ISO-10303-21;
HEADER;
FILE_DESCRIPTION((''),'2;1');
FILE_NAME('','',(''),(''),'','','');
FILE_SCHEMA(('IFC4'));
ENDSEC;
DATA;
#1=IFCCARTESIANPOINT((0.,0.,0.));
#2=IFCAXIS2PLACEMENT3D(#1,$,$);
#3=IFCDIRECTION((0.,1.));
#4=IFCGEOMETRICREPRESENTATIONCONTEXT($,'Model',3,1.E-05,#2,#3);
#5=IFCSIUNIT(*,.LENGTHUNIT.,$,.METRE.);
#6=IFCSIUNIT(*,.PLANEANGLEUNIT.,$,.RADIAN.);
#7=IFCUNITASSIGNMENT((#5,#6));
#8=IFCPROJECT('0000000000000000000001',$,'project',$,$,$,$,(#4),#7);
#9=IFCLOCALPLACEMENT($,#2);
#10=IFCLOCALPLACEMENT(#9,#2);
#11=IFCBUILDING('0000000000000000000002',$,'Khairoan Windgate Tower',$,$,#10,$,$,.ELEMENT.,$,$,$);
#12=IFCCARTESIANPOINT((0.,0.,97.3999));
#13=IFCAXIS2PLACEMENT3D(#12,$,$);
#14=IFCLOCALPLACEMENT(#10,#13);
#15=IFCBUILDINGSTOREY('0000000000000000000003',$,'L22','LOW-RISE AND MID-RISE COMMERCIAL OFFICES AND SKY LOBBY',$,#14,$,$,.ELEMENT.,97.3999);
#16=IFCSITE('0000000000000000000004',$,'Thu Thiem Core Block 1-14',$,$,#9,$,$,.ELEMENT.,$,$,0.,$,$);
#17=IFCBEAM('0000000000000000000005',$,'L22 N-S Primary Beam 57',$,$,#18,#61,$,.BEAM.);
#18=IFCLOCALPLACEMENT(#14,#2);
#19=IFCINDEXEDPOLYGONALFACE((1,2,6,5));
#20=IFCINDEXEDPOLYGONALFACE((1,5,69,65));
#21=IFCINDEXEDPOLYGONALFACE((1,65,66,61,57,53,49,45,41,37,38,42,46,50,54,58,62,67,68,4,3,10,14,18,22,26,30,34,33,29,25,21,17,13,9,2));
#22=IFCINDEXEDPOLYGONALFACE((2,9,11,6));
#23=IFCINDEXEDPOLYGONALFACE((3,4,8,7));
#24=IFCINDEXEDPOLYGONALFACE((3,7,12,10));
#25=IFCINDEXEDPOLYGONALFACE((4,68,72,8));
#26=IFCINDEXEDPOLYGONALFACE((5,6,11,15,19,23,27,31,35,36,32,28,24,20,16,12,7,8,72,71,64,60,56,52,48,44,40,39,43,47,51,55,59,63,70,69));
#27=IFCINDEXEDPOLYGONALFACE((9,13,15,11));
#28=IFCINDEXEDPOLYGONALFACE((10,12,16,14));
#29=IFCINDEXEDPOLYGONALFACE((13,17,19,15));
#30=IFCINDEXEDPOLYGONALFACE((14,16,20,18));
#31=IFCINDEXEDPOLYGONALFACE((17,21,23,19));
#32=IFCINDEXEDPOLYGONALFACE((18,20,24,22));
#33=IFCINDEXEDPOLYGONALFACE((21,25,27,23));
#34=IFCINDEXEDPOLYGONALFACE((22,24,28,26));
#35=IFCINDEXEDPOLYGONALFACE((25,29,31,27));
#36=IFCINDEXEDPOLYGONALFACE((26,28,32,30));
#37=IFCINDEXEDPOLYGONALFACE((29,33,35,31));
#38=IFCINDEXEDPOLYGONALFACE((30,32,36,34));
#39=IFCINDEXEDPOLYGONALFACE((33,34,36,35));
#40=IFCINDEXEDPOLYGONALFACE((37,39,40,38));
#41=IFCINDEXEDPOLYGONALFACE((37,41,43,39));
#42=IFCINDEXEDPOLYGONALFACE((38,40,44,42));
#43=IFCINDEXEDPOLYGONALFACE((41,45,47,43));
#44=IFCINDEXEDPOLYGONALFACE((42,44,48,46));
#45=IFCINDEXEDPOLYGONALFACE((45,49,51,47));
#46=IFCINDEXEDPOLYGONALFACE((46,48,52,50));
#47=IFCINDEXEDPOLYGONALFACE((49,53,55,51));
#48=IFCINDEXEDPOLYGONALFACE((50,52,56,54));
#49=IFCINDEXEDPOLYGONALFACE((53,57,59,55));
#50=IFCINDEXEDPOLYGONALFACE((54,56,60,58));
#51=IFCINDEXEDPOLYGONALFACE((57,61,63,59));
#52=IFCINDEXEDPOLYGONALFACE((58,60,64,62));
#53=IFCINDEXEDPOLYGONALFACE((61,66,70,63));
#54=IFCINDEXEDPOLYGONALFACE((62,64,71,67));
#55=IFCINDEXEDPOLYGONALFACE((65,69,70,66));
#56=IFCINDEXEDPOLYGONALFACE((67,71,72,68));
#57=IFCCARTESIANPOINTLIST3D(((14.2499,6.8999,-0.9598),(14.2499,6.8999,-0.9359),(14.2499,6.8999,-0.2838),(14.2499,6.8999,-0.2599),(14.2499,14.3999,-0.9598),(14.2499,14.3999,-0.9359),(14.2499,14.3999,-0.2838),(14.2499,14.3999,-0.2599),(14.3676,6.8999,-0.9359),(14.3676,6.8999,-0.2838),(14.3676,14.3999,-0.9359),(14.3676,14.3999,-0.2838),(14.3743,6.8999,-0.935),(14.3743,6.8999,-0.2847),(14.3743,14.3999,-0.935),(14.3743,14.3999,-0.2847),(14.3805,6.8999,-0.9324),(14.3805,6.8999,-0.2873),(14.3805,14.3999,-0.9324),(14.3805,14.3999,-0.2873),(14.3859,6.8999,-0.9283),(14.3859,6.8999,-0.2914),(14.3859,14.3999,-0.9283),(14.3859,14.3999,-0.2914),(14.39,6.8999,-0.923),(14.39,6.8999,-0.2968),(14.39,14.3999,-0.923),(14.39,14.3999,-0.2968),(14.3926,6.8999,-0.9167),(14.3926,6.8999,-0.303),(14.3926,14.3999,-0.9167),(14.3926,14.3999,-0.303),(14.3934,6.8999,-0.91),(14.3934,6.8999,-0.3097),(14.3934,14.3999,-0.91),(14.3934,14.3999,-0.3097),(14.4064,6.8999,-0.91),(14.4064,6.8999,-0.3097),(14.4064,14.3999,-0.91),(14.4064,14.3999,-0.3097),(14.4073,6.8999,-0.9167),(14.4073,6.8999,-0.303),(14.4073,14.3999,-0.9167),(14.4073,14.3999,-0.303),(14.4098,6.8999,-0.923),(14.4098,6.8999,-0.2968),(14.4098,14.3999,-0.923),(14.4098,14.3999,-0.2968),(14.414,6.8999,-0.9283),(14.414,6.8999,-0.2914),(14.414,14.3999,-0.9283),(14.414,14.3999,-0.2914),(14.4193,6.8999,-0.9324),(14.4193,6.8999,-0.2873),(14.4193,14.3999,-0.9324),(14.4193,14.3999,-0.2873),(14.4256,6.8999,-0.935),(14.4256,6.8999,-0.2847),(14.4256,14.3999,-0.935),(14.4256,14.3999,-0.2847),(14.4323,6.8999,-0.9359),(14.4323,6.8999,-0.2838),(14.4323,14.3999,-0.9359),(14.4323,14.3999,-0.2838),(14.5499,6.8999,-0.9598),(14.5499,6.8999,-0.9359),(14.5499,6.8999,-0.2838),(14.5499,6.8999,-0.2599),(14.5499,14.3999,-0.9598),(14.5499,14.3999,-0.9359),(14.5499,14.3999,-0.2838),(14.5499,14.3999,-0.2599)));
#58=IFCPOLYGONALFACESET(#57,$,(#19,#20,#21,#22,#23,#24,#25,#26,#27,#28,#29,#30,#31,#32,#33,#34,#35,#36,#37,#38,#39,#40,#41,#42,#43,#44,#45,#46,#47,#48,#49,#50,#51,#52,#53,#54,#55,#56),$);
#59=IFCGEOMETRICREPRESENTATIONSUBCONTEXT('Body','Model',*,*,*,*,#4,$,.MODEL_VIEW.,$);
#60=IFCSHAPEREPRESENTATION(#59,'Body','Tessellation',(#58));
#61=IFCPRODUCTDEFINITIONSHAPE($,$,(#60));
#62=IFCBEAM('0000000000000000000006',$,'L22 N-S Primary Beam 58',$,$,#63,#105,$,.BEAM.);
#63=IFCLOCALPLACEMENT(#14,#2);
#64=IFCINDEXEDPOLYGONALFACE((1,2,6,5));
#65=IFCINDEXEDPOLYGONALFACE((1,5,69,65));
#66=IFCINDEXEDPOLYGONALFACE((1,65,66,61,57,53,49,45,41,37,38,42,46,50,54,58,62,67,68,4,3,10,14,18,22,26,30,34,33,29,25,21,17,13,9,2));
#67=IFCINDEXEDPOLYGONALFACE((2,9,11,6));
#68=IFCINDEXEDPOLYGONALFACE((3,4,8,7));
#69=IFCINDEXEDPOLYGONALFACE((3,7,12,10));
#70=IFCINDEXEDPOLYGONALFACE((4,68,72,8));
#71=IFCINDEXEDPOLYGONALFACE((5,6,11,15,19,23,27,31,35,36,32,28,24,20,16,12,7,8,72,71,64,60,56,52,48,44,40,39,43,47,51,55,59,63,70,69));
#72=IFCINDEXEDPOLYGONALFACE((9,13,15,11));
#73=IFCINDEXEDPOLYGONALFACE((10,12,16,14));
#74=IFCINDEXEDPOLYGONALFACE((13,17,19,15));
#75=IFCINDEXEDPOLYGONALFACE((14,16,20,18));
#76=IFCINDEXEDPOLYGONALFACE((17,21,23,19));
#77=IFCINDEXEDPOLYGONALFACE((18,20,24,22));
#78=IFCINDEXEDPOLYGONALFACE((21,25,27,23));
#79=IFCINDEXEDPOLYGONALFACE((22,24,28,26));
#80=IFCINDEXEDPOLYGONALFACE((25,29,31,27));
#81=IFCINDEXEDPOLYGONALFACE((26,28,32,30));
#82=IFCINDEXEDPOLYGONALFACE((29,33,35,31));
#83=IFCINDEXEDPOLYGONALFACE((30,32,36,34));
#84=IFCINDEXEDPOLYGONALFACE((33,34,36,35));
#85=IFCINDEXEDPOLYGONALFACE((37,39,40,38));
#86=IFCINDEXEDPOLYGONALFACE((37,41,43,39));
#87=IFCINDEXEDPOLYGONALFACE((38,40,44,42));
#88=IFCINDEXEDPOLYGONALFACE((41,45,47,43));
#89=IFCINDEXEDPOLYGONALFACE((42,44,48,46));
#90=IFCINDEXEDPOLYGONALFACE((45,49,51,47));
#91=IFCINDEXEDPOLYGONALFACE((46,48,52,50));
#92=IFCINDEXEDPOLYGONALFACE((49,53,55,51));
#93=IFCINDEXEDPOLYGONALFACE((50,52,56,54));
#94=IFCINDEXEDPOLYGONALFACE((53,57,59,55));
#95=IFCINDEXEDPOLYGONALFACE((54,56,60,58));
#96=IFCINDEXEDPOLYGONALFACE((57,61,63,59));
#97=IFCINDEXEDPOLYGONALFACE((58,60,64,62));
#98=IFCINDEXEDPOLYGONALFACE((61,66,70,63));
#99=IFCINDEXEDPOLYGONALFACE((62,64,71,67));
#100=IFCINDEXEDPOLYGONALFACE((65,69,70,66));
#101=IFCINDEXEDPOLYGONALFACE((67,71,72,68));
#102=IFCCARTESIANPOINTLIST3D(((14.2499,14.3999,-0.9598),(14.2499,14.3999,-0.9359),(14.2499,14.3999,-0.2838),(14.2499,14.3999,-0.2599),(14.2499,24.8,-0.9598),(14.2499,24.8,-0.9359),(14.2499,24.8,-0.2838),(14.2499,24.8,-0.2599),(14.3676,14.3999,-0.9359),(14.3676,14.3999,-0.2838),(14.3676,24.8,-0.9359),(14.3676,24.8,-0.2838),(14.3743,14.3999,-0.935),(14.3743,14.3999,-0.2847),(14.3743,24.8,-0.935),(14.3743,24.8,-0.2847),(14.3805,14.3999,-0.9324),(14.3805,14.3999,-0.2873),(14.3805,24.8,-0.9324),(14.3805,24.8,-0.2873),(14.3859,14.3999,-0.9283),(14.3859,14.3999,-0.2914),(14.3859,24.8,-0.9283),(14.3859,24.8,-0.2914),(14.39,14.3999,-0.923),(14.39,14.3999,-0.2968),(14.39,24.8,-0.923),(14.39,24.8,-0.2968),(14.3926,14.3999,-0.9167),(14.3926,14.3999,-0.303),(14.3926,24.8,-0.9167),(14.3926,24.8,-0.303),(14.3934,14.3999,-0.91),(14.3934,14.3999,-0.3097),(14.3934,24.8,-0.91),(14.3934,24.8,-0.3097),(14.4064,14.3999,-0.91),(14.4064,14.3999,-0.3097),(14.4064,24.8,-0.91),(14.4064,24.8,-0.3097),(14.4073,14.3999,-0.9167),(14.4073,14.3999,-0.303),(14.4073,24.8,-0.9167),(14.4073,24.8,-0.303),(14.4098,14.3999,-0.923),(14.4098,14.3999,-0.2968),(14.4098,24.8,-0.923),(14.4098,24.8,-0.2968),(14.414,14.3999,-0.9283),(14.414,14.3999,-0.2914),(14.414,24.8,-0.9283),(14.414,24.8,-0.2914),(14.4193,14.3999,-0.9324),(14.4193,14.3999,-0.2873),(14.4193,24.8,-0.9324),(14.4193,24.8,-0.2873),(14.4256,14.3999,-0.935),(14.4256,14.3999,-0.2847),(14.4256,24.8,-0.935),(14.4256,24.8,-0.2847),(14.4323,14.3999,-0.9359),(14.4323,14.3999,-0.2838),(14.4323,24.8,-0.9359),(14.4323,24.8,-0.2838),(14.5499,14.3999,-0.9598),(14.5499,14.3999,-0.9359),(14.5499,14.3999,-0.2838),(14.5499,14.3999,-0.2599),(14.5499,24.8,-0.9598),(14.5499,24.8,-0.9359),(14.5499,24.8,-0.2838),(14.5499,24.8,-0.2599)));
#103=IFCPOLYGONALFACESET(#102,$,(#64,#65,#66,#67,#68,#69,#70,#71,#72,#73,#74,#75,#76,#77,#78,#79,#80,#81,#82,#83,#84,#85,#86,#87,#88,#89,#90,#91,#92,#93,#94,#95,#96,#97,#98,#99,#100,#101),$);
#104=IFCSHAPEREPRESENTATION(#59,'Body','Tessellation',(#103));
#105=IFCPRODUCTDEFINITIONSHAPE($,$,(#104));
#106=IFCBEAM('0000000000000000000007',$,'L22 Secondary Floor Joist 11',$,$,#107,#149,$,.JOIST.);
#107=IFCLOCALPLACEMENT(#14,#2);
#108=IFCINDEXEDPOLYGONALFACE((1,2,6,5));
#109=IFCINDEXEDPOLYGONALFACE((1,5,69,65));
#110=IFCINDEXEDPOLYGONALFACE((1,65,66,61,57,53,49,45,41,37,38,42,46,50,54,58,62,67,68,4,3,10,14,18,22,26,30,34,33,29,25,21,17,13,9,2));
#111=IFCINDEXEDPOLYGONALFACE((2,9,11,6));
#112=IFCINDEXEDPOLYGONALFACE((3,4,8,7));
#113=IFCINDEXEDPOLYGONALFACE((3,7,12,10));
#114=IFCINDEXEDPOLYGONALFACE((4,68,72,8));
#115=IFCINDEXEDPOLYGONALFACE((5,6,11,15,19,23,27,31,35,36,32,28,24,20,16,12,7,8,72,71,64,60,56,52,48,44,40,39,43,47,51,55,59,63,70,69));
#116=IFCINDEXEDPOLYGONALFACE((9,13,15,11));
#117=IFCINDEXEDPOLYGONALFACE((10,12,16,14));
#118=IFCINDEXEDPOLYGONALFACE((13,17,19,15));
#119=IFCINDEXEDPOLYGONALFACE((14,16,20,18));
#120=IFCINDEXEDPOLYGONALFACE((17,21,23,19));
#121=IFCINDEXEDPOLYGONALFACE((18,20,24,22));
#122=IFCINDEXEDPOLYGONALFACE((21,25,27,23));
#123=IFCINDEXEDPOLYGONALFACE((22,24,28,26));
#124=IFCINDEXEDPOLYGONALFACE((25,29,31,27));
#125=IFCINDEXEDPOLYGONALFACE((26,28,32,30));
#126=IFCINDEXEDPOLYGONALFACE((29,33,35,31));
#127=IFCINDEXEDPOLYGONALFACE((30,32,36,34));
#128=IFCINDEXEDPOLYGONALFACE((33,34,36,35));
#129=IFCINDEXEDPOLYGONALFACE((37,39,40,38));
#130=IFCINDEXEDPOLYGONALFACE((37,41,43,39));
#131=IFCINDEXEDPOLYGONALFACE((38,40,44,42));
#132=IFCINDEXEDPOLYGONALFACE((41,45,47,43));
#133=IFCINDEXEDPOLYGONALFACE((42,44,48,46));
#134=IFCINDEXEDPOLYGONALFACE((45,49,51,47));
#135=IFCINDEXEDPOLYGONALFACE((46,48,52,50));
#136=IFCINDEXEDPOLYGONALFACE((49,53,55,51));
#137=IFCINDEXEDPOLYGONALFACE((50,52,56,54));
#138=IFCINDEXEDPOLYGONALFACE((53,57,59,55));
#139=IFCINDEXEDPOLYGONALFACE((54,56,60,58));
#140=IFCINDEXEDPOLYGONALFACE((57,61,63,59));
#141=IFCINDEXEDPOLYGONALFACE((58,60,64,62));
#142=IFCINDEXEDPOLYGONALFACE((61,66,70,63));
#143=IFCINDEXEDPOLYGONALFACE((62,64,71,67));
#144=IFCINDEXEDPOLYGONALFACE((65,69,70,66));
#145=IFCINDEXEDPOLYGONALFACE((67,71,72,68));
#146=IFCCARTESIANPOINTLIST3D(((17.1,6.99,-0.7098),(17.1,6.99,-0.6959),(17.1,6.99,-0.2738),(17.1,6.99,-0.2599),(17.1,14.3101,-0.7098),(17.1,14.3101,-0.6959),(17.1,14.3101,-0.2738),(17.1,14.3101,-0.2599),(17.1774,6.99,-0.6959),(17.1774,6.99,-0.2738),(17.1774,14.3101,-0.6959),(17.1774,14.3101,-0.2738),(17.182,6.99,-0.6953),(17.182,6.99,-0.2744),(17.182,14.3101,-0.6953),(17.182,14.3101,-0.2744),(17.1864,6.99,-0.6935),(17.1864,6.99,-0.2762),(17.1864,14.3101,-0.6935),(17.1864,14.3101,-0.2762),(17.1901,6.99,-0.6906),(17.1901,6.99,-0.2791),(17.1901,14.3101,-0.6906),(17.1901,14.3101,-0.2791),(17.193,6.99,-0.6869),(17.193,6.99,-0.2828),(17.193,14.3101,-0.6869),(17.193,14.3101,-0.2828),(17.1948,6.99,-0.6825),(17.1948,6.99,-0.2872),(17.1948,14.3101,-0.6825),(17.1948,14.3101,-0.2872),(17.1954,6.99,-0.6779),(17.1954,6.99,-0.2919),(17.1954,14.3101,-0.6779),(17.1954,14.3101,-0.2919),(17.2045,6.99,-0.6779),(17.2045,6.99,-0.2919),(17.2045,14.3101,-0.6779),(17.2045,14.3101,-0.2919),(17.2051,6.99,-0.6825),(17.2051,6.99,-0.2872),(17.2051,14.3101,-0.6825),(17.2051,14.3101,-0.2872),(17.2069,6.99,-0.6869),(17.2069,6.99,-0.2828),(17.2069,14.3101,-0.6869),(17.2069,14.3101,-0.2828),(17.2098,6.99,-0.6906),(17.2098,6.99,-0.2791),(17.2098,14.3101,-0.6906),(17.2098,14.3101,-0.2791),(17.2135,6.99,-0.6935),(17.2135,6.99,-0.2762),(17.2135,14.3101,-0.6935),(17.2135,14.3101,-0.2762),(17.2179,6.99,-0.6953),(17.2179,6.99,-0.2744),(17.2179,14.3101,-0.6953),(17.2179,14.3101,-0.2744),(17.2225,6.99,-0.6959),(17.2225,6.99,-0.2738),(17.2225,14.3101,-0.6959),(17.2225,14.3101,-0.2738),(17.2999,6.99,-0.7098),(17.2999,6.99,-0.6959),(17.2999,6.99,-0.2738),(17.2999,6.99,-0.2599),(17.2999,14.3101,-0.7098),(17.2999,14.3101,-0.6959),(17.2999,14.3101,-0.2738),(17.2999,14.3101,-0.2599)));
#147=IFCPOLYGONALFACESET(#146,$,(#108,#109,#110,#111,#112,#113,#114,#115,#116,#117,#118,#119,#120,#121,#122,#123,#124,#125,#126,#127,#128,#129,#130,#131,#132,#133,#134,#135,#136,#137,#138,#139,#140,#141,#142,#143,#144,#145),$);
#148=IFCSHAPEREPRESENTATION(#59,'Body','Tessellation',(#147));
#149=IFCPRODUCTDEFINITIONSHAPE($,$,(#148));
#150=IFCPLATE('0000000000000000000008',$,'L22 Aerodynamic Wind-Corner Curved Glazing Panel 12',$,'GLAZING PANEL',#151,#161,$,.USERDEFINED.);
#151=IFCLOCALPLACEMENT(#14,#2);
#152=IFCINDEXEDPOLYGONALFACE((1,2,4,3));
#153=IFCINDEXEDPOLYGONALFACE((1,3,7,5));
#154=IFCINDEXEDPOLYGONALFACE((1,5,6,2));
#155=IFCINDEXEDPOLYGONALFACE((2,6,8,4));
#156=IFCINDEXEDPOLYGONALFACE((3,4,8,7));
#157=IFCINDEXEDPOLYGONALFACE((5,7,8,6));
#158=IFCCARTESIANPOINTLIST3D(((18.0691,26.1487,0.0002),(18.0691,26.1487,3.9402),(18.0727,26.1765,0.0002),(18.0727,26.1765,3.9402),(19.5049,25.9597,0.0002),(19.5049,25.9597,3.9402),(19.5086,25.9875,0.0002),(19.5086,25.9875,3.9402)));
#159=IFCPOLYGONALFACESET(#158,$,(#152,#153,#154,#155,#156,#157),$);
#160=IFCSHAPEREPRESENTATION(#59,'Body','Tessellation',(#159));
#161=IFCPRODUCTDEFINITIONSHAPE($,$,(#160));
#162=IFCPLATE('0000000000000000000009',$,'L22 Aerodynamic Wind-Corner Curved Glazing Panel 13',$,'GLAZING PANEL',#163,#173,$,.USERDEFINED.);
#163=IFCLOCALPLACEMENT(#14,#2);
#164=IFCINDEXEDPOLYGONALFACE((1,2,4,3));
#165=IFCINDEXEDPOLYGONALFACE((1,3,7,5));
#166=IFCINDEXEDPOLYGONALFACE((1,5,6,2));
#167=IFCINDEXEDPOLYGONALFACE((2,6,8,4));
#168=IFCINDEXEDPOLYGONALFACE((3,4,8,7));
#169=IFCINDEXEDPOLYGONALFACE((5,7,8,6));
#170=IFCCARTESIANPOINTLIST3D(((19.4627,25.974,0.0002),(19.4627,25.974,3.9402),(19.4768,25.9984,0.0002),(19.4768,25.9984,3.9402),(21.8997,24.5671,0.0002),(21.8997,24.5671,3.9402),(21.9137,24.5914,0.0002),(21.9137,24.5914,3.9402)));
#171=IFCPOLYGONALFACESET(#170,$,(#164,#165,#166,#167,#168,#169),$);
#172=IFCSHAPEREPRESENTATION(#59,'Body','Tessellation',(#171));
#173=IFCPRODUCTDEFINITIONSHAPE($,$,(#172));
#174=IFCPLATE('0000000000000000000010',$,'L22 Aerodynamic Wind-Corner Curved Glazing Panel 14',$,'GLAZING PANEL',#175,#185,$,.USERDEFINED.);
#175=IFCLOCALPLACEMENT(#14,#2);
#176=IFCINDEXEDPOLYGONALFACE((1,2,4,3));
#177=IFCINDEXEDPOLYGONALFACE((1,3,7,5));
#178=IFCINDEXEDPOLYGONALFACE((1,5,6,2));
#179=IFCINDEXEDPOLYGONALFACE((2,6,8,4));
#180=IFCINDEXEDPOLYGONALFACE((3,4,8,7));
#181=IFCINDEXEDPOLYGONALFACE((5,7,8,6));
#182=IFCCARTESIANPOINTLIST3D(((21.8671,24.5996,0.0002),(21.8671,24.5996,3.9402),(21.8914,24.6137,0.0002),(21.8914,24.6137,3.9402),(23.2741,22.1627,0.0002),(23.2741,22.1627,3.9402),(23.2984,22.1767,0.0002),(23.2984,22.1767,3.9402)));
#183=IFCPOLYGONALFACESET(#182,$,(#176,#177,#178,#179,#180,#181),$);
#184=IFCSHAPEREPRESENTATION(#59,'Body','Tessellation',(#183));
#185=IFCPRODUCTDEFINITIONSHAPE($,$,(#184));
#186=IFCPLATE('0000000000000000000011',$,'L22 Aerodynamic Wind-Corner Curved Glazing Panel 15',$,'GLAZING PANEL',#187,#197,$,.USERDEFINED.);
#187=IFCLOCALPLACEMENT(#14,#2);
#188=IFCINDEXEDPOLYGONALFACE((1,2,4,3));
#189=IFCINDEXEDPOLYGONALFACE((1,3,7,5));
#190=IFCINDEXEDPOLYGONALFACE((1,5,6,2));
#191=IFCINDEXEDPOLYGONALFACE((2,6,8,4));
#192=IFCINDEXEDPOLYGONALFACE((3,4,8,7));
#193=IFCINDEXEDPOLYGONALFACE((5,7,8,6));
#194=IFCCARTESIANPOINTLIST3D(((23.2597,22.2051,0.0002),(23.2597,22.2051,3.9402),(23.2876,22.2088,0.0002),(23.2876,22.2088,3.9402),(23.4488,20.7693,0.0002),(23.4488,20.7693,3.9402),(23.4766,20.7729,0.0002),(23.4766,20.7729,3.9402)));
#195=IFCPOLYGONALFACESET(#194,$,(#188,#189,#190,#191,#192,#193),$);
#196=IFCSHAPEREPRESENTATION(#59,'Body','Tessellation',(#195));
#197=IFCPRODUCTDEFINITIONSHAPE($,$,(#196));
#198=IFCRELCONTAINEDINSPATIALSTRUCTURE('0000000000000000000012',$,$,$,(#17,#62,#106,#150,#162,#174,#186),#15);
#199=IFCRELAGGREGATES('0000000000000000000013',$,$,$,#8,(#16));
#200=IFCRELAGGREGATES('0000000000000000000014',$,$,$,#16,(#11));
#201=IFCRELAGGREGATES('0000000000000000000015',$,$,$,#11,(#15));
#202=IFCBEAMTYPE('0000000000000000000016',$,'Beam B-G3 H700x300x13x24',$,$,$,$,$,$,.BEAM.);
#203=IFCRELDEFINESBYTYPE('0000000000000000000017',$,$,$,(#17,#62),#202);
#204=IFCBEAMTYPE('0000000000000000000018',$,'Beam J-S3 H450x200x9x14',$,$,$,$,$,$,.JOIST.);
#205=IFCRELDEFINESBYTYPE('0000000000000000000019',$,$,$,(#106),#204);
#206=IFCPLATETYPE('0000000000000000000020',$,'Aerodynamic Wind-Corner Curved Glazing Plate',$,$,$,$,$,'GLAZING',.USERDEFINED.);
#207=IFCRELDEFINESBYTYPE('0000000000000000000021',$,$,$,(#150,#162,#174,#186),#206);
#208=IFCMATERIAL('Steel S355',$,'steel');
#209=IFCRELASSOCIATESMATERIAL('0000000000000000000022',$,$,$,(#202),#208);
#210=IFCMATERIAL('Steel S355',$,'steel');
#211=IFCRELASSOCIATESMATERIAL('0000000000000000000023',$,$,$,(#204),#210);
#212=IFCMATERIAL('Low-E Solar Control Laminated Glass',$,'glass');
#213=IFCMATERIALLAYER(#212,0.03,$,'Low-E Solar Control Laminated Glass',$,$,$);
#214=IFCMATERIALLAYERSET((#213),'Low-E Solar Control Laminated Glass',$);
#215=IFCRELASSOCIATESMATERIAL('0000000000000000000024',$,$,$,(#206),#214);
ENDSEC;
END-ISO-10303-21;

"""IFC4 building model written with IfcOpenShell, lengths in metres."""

from ifc_helpers import new_model, si_unit, direction, frame, origin, origin_2d, place, context, subcontext, project, spatial, rectangle, i_section, extrude, material, layer, layer_set, material_profile, profile_set, type_object, element, save


model = new_model("IFC4")

# Units and contexts
model_context = context("Model", 3, precision=1e-05, world=origin(), true_north=direction((0.0, 1.0)))
body_context = subcontext(model_context, "Body", "Model", "MODEL_VIEW")
ifc_project = project(units=[si_unit("LENGTHUNIT", "METRE"), si_unit("PLANEANGLEUNIT", "RADIAN")], contexts=[model_context])

# Site, building, storey
site_placement = place(None, origin())
site = spatial("IfcSite", under=ifc_project, at=site_placement, Name="Thu Thiem Core Block 1-14", CompositionType="ELEMENT", RefElevation=0.0)
building_placement = place(site_placement, origin())
building = spatial("IfcBuilding", under=site, at=building_placement, Name="Khairoan Windgate Tower", CompositionType="ELEMENT")
storey_placement = place(building_placement, frame((0.0, 0.0, 97.3999)))
storey = spatial("IfcBuildingStorey", under=building, at=storey_placement, Name="L22", Description="LOW-RISE AND MID-RISE COMMERCIAL OFFICES AND SKY LOBBY", CompositionType="ELEMENT", Elevation=97.3999)

# Beams
ifc_material_1 = material(Name="Steel S355", Category="steel")
ifc_material_profile_1 = material_profile(ifc_material_1, i_section(OverallWidth=0.3, OverallDepth=0.7, WebThickness=0.0129, FlangeThickness=0.0239, FilletRadius=0.0259, at=origin_2d()))
ifc_profile_set_1 = profile_set([ifc_material_profile_1], Name="Steel S355")
beam_type_1 = type_object("IfcBeamType", Name="Beam B-G3 H700x300x13x24", PredefinedType="BEAM", material=ifc_profile_set_1)
beam_1_placement = place(storey_placement, frame((14.3999, 6.8999, -0.6099), z_axis=(0.0, 1.0, 0.0), x_axis=(-1.0, 0.0, 0.0)))
element("IfcBeam", 1, at=beam_1_placement, inside=storey, type_object=beam_type_1, Name="L22 N-S Primary Beam 57", PredefinedType="BEAM", context=body_context, shape_type="SweptSolid", body=[
    extrude(i_section(OverallWidth=0.3, OverallDepth=0.7, WebThickness=0.0129, FlangeThickness=0.0239, FilletRadius=0.0259, at=origin_2d()), origin(), (0.0, 0.0, 1.0), 7.5),
])
beam_2_placement = place(storey_placement, frame((14.3999, 14.3999, -0.6099), z_axis=(0.0, 1.0, 0.0), x_axis=(-1.0, 0.0, 0.0)))
element("IfcBeam", 2, at=beam_2_placement, inside=storey, type_object=beam_type_1, Name="L22 N-S Primary Beam 58", PredefinedType="BEAM", context=body_context, shape_type="SweptSolid", body=[
    extrude(i_section(OverallWidth=0.3, OverallDepth=0.7, WebThickness=0.0129, FlangeThickness=0.0239, FilletRadius=0.0259, at=origin_2d()), origin(), (0.0, 0.0, 1.0), 10.4001),
])
ifc_material_2 = material(Name="Steel S355", Category="steel")
ifc_material_profile_2 = material_profile(ifc_material_2, i_section(OverallWidth=0.2, OverallDepth=0.45, WebThickness=0.009, FlangeThickness=0.0139, FilletRadius=0.0181, at=origin_2d()))
ifc_profile_set_2 = profile_set([ifc_material_profile_2], Name="Steel S355")
beam_type_2 = type_object("IfcBeamType", Name="Beam J-S3 H450x200x9x14", PredefinedType="JOIST", material=ifc_profile_set_2)
beam_3_placement = place(storey_placement, frame((17.2, 6.99, -0.4849), z_axis=(0.0, 1.0, 0.0), x_axis=(-1.0, 0.0, 0.0)))
element("IfcBeam", 3, at=beam_3_placement, inside=storey, type_object=beam_type_2, Name="L22 Secondary Floor Joist 11", PredefinedType="JOIST", context=body_context, shape_type="SweptSolid", body=[
    extrude(i_section(OverallWidth=0.2, OverallDepth=0.45, WebThickness=0.009, FlangeThickness=0.0139, FilletRadius=0.0181, at=origin_2d()), origin(), (0.0, 0.0, 1.0), 7.3201),
])

# Plates
ifc_material_3 = material(Name="Low-E Solar Control Laminated Glass", Category="glass")
ifc_layer_1 = layer(ifc_material_3, 0.03, Name="Low-E Solar Control Laminated Glass")
ifc_layer_set_1 = layer_set([ifc_layer_1], Name="Low-E Solar Control Laminated Glass")
plate_type_1 = type_object("IfcPlateType", Name="Aerodynamic Wind-Corner Curved Glazing Plate", ElementType="GLAZING", PredefinedType="USERDEFINED", material=ifc_layer_set_1)
plate_1_placement = place(storey_placement, frame((18.7888, 26.0681, 0.0002), z_axis=(0.0, 0.0, 1.0), x_axis=(0.991445, -0.130526, 0.0)))
element("IfcPlate", 4, at=plate_1_placement, inside=storey, type_object=plate_type_1, Name="L22 Aerodynamic Wind-Corner Curved Glazing Panel 12", ObjectType="GLAZING PANEL", PredefinedType="USERDEFINED", context=body_context, shape_type="SweptSolid", body=[
    extrude(rectangle(XDim=1.4482, YDim=0.0281, at=origin_2d()), origin(), (0.0, 0.0, 1.0), 3.9399),
])
for number, where, z_axis, x_axis, name in (
    (5, (20.6882, 25.2827, 0.0002), (0.0, 0.0, 1.0), (0.866025, -0.5, 0.0), "L22 Aerodynamic Wind-Corner Curved Glazing Panel 13"),
    (6, (22.5828, 23.3882, 0.0002), (0.0, 0.0, 1.0), (0.5, -0.866025, 0.0), "L22 Aerodynamic Wind-Corner Curved Glazing Panel 14"),
):
    element("IfcPlate", number, at=place(storey_placement, frame(where, z_axis=z_axis, x_axis=x_axis)), inside=storey, type_object=plate_type_1, Name=name, ObjectType="GLAZING PANEL", PredefinedType="USERDEFINED", context=body_context, shape_type="SweptSolid", body=[
        extrude(rectangle(XDim=2.814, YDim=0.0281, at=origin_2d()), origin(), (0.0, 0.0, 1.0), 3.9399),
    ])
plate_2_placement = place(storey_placement, frame((23.3682, 21.489, 0.0002), z_axis=(0.0, 0.0, 1.0), x_axis=(0.130526, -0.991445, 0.0)))
element("IfcPlate", 7, at=plate_2_placement, inside=storey, type_object=plate_type_1, Name="L22 Aerodynamic Wind-Corner Curved Glazing Panel 15", ObjectType="GLAZING PANEL", PredefinedType="USERDEFINED", context=body_context, shape_type="SweptSolid", body=[
    extrude(rectangle(XDim=1.4482, YDim=0.0281, at=origin_2d()), origin(), (0.0, 0.0, 1.0), 3.9399),
])

save(model, "model.ifc")
